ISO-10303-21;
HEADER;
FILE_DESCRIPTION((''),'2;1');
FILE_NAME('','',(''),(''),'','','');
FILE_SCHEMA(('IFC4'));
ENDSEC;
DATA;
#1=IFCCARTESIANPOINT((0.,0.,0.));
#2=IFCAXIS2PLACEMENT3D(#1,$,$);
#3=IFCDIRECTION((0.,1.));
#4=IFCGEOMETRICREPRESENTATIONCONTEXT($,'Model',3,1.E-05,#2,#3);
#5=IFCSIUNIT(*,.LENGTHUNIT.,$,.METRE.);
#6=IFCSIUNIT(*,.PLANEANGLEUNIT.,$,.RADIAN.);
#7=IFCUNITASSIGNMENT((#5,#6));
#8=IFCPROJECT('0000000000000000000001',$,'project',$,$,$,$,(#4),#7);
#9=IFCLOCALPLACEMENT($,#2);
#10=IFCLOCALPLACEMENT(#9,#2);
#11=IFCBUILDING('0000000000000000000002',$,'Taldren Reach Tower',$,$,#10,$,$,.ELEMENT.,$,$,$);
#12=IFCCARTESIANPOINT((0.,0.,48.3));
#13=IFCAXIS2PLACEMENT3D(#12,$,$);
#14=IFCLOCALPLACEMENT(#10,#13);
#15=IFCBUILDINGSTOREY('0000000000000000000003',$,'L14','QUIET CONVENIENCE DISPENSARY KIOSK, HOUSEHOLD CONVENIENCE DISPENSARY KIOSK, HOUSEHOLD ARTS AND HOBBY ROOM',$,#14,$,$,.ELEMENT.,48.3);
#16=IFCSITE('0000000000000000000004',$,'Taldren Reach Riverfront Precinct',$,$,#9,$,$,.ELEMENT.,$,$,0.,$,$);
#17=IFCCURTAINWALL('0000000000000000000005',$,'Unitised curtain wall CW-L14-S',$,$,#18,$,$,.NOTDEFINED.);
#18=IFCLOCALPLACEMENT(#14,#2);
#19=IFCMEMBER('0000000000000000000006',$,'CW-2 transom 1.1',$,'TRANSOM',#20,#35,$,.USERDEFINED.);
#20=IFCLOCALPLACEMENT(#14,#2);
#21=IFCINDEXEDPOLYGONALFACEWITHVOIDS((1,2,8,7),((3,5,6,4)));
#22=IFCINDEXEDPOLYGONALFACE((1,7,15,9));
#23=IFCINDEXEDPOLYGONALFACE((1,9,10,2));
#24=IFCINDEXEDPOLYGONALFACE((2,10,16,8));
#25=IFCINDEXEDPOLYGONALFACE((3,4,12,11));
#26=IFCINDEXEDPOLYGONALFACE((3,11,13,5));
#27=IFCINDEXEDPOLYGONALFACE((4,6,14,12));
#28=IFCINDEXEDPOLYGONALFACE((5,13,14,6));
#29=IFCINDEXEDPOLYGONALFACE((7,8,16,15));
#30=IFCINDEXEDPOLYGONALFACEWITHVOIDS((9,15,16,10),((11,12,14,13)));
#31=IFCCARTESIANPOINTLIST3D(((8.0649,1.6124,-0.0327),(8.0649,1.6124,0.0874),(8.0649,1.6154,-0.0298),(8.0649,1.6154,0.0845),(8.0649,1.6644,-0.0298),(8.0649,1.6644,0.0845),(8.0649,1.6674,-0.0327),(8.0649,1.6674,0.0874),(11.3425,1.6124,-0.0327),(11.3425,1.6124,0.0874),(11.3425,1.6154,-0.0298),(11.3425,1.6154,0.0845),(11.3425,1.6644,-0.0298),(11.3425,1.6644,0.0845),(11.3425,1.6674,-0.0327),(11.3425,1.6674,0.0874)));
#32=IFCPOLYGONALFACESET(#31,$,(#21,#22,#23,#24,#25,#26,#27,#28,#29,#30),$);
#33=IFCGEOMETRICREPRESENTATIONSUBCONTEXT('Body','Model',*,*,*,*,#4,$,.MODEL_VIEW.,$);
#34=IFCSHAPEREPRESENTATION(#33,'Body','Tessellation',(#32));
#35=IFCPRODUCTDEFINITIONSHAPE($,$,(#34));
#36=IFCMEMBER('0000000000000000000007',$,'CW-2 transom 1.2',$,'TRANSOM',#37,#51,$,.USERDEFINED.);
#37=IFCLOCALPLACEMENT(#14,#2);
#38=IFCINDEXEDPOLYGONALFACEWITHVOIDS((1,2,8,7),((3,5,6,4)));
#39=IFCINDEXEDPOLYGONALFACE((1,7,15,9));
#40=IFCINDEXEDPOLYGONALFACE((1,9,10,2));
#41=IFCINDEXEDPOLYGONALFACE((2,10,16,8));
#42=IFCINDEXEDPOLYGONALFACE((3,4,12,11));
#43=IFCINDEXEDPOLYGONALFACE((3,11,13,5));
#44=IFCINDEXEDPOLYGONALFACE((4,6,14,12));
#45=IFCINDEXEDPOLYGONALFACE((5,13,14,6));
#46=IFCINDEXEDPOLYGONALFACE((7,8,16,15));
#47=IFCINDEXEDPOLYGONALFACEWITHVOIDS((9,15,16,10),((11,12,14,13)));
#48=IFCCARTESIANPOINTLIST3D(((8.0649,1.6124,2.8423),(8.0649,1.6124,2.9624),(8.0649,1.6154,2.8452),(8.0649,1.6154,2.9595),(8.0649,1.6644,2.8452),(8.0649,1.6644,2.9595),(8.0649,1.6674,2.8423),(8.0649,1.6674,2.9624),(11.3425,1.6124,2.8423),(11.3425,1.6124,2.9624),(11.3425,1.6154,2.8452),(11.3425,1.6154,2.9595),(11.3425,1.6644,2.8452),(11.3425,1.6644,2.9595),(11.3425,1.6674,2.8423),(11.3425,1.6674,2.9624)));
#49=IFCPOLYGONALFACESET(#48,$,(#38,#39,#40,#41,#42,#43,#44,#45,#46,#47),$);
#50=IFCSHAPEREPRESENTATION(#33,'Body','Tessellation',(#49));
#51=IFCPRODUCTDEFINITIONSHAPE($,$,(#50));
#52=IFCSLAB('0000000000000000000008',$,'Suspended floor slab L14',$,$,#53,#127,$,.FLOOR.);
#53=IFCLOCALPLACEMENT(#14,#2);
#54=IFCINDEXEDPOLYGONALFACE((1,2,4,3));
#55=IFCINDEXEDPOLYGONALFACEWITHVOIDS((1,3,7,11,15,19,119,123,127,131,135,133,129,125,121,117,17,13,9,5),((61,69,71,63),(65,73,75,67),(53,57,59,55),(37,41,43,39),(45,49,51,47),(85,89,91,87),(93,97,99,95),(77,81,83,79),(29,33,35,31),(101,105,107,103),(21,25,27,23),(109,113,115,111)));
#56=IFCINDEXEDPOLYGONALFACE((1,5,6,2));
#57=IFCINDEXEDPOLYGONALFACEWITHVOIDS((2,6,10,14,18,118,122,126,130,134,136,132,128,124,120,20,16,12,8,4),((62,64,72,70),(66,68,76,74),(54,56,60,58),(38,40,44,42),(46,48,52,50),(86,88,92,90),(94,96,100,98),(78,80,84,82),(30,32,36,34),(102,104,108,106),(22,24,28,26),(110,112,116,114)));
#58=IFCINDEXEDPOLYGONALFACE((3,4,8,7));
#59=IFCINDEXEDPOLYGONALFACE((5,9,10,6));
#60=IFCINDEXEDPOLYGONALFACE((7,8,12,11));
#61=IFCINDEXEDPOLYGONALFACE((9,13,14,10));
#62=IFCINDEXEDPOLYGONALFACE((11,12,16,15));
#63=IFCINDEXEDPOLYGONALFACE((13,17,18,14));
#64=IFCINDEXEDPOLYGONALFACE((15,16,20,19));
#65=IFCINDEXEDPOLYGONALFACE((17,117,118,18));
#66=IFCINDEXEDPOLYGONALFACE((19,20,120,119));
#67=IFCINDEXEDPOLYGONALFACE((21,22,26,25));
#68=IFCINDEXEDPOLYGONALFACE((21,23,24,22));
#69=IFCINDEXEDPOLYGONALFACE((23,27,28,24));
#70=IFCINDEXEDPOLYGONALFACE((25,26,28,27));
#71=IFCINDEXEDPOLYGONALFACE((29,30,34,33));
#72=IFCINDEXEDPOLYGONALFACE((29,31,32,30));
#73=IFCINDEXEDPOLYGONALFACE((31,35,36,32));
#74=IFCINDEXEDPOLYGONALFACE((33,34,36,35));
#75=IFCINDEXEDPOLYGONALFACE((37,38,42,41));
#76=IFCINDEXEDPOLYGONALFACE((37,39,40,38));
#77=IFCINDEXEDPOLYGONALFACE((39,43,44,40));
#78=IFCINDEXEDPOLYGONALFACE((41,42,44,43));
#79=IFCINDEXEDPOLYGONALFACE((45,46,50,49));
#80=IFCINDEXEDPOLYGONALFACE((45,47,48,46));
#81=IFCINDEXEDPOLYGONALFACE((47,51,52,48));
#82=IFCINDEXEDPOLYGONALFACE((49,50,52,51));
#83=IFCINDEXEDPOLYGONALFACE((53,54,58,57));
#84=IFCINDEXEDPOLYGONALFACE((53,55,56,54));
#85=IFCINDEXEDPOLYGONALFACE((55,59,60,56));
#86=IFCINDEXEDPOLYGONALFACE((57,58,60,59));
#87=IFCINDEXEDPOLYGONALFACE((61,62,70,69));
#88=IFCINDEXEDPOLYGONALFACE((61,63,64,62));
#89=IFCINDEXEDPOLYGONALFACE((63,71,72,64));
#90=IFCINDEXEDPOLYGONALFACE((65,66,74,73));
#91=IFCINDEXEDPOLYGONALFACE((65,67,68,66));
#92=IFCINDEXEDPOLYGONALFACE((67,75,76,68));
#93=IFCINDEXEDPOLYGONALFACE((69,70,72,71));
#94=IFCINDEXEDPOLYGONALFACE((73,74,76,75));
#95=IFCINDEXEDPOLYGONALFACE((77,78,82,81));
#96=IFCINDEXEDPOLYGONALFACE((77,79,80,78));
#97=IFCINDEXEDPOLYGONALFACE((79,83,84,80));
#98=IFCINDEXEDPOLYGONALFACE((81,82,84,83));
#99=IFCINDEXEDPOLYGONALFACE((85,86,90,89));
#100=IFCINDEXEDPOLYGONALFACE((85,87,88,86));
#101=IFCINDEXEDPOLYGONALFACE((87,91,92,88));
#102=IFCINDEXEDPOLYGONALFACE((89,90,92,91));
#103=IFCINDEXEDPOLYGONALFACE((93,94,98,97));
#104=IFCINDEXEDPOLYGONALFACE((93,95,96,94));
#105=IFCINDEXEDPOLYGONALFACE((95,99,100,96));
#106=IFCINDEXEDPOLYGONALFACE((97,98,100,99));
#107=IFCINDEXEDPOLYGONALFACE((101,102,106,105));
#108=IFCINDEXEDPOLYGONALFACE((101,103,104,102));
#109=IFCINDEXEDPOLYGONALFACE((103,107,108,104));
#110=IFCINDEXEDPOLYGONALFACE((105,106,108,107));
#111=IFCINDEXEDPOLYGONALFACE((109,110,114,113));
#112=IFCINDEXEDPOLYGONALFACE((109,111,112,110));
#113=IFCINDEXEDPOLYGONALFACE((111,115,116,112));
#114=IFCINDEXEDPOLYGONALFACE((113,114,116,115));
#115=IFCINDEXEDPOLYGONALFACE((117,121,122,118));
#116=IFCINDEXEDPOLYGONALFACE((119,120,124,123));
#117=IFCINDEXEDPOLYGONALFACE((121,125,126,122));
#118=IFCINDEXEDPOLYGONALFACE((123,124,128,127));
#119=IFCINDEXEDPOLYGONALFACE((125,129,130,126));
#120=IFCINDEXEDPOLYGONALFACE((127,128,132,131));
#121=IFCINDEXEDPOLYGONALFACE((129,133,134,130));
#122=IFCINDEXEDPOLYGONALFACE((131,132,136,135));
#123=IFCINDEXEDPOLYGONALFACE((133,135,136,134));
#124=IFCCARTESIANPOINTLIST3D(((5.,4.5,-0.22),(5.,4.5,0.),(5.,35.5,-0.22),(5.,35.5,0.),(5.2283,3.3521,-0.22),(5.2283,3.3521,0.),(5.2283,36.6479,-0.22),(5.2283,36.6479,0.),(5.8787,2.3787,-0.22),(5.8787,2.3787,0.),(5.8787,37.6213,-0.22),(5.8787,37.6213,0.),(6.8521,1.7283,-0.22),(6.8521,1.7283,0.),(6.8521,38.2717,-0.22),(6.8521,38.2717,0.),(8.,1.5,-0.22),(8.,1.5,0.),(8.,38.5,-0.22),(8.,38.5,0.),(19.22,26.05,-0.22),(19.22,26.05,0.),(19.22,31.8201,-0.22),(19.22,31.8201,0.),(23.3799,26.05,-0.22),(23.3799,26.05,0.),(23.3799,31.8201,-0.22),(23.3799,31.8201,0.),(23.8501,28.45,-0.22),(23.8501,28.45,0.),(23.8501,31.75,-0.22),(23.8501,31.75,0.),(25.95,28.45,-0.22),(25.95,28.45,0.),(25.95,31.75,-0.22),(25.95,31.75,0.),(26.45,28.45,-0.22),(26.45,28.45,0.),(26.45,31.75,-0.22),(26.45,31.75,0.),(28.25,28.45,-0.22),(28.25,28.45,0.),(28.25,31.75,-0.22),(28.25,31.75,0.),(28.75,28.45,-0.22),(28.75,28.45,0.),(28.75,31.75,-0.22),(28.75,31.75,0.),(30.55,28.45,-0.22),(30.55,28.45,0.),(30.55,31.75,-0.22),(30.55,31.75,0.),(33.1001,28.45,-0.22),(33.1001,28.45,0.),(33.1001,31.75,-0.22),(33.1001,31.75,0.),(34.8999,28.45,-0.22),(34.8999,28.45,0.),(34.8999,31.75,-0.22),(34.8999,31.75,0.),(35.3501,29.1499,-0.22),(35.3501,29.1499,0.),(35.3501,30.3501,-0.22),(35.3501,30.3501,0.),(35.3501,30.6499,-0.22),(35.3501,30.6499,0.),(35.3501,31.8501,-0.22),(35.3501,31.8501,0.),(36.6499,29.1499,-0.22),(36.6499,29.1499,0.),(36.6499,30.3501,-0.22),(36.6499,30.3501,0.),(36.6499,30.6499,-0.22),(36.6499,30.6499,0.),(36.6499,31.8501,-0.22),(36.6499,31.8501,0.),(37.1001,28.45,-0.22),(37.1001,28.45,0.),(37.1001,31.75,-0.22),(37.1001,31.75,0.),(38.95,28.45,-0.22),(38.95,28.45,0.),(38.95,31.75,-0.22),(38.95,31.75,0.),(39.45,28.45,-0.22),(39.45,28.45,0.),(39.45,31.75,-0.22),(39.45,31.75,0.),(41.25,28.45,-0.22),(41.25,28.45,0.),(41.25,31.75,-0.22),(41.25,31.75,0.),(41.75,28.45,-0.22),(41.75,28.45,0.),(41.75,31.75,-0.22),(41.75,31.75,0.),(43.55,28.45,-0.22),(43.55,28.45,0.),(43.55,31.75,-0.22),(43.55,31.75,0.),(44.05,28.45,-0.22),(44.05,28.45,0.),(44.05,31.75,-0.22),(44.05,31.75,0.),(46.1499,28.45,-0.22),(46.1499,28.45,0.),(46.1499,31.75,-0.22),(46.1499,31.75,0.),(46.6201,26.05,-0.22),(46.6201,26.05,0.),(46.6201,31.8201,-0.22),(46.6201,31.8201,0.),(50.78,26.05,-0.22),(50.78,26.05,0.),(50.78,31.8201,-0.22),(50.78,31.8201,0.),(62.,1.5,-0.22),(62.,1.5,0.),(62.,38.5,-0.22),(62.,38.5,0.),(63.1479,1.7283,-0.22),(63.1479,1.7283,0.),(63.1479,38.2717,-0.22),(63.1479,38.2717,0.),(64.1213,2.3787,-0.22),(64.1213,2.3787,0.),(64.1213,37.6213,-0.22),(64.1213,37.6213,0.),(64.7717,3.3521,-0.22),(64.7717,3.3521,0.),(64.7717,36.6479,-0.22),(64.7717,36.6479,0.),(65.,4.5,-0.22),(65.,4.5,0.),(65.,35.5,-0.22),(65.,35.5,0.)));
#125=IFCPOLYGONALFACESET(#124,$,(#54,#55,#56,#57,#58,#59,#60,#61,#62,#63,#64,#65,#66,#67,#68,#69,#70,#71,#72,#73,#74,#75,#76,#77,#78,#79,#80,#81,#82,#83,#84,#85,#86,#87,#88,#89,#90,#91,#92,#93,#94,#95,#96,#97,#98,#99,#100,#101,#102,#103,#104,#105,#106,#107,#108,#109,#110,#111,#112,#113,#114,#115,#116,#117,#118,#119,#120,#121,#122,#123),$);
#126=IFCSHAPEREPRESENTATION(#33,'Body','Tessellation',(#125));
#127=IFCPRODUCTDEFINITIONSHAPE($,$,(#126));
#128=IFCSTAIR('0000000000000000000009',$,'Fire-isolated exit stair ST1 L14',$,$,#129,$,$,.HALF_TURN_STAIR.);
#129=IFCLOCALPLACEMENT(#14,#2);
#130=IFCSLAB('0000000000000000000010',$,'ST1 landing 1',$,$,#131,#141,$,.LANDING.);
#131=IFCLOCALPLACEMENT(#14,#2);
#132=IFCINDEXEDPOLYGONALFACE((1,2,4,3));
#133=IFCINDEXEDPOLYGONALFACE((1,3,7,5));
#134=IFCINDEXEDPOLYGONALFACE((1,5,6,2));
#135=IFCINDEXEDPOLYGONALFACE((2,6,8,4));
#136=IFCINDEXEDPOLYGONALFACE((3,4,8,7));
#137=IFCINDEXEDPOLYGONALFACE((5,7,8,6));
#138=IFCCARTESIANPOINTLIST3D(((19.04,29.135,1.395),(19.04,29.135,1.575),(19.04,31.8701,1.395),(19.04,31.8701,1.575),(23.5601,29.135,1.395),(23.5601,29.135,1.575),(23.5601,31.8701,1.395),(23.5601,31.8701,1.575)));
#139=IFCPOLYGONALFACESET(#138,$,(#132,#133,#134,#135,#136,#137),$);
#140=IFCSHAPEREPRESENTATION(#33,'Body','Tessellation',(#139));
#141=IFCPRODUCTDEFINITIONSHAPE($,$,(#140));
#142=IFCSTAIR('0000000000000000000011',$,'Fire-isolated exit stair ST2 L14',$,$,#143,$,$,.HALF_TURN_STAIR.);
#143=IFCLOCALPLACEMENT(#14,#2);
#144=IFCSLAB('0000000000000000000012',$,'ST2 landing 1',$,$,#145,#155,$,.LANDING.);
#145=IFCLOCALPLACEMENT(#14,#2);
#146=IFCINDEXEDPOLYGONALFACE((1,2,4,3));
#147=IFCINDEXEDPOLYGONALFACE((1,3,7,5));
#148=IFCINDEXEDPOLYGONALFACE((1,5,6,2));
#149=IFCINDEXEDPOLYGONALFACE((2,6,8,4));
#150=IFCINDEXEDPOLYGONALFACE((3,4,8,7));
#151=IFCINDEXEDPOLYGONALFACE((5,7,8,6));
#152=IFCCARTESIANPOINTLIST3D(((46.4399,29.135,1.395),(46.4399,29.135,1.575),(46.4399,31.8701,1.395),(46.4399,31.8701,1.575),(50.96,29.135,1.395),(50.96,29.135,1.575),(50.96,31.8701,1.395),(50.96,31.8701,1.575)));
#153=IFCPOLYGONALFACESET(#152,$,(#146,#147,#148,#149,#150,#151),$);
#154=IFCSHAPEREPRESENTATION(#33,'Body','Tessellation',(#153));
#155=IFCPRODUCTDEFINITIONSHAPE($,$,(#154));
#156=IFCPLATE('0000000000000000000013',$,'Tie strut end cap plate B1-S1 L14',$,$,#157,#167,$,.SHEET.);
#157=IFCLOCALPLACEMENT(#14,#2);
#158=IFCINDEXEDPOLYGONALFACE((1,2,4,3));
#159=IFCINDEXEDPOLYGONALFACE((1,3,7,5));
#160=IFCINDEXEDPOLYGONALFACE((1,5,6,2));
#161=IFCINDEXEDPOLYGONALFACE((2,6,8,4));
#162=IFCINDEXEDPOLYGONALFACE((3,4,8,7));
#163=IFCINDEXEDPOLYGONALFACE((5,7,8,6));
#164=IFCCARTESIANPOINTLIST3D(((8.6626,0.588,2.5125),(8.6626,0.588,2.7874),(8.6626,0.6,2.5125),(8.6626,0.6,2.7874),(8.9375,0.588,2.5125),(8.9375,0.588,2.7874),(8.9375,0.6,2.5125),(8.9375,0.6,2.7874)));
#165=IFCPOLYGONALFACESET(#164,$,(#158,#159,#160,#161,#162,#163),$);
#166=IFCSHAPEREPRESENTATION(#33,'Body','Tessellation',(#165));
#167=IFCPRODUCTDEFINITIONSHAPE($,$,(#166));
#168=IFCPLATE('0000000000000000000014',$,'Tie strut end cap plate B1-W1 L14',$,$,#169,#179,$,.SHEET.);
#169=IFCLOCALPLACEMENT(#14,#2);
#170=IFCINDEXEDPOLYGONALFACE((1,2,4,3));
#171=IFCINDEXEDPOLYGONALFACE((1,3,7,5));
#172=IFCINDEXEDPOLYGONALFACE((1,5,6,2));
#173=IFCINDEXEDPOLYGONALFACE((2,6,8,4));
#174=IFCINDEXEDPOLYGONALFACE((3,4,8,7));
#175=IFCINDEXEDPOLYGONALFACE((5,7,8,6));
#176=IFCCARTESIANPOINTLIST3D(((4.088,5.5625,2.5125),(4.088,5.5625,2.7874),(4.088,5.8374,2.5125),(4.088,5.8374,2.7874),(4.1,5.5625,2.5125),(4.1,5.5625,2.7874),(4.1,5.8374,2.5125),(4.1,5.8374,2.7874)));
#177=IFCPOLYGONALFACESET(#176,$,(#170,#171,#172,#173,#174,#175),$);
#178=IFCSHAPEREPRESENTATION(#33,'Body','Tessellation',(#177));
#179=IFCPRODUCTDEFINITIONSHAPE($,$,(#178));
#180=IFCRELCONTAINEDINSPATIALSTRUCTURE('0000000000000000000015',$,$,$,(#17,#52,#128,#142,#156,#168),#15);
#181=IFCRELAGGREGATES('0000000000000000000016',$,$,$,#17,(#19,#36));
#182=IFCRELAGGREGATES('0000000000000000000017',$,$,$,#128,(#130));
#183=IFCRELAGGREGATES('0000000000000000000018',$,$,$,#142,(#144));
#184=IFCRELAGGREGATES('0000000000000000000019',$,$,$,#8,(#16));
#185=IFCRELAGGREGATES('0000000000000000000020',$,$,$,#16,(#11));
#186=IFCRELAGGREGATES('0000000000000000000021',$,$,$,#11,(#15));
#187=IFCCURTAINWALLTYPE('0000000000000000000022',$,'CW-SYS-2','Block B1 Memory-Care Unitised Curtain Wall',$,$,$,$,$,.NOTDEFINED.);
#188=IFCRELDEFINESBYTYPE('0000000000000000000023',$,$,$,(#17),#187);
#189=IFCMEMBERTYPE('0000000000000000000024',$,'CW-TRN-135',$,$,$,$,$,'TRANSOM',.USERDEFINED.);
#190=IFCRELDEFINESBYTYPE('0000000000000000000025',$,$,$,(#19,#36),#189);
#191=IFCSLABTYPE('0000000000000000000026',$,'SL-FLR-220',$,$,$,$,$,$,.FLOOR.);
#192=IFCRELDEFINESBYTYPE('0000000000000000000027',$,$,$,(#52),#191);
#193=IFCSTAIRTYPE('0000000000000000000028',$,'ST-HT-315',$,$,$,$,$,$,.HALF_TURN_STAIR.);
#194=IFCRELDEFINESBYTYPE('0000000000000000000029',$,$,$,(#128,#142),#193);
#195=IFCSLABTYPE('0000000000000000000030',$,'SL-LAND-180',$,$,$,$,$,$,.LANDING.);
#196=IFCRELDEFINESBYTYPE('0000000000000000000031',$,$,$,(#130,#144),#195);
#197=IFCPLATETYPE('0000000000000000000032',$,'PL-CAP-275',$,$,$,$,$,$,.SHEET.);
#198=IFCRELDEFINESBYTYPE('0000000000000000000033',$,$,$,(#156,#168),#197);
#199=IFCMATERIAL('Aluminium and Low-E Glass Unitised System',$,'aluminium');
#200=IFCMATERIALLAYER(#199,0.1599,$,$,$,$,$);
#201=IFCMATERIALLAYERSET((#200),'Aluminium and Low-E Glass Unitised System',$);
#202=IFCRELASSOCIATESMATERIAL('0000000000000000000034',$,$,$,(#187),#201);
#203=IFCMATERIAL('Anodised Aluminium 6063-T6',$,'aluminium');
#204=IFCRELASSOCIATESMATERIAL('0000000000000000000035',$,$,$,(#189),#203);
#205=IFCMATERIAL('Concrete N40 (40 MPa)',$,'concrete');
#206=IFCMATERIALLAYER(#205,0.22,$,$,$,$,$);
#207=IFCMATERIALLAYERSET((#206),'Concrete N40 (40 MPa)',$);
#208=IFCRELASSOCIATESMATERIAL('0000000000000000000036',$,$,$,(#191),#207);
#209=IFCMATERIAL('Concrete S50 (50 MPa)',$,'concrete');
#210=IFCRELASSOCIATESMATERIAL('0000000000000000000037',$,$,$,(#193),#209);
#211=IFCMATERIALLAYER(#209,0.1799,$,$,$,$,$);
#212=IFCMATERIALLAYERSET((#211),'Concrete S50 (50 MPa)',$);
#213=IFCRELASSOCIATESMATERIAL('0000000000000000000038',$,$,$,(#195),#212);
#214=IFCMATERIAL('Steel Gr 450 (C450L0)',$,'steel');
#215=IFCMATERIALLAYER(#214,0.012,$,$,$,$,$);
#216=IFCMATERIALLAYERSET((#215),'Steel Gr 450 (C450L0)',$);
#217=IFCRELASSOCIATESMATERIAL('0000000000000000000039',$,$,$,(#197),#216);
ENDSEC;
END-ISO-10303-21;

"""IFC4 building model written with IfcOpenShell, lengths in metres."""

from ifc_helpers import new_model, si_unit, direction, frame, origin, origin_2d, place, context, subcontext, project, spatial, polyline, rectangle, hollow_rectangle, outline, extrude, source, transform, mapped, material, layer, layer_set, material_profile, profile_set, type_object, element, aggregate, save


model = new_model("IFC4")

# Units and contexts
model_context = context("Model", 3, precision=1e-05, world=origin(), true_north=direction((0.0, 1.0)))
body_context = subcontext(model_context, "Body", "Model", "MODEL_VIEW")
ifc_project = project(units=[si_unit("LENGTHUNIT", "METRE"), si_unit("PLANEANGLEUNIT", "RADIAN")], contexts=[model_context])

# Site, building, storey
site_placement = place(None, origin())
site = spatial("IfcSite", under=ifc_project, at=site_placement, Name="Taldren Reach Riverfront Precinct", CompositionType="ELEMENT", RefElevation=0.0)
building_placement = place(site_placement, origin())
building = spatial("IfcBuilding", under=site, at=building_placement, Name="Taldren Reach Tower", CompositionType="ELEMENT")
storey_placement = place(building_placement, frame((0.0, 0.0, 48.3)))
storey = spatial("IfcBuildingStorey", under=building, at=storey_placement, Name="L14", Description="QUIET CONVENIENCE DISPENSARY KIOSK, HOUSEHOLD CONVENIENCE DISPENSARY KIOSK, HOUSEHOLD ARTS AND HOBBY ROOM", CompositionType="ELEMENT", Elevation=48.3)

# Shared definitions
ifc_material_1 = material(Name="Steel Gr 450 (C450L0)", Category="steel")

# Curtain wall
ifc_material_2 = material(Name="Aluminium and Low-E Glass Unitised System", Category="aluminium")
ifc_layer_1 = layer(ifc_material_2, 0.1599)
ifc_layer_set_1 = layer_set([ifc_layer_1], Name="Aluminium and Low-E Glass Unitised System")
curtain_wall_type = type_object("IfcCurtainWallType", Name="CW-SYS-2", Description="Block B1 Memory-Care Unitised Curtain Wall", PredefinedType="NOTDEFINED", material=ifc_layer_set_1)
curtain_wall_1_placement = place(storey_placement, origin())
curtain_wall_1 = element("IfcCurtainWall", 1, at=curtain_wall_1_placement, inside=storey, type_object=curtain_wall_type, Name="Unitised curtain wall CW-L14-S", PredefinedType="NOTDEFINED")
ifc_material_3 = material(Name="Anodised Aluminium 6063-T6", Category="aluminium")

# Members
ifc_material_profile_1 = material_profile(ifc_material_3, hollow_rectangle(XDim=0.0549, YDim=0.1201, WallThickness=0.0029, at=origin_2d()), Name="ALU-120x55x3RHS")
ifc_profile_set_1 = profile_set([ifc_material_profile_1], Name="Anodised Aluminium 6063-T6")
member_type_1 = type_object("IfcMemberType", Name="CW-TRN-135", ElementType="TRANSOM", PredefinedType="USERDEFINED", material=ifc_profile_set_1)
shared_shape_1 = source(origin(), body_context, "Body", "SweptSolid", [
    extrude(hollow_rectangle(XDim=0.0549, YDim=0.1201, WallThickness=0.0029, at=origin_2d()), origin(), (0.0, 0.0, 1.0), 3.2776),
])
member_1_placement = place(storey_placement, frame((8.0649, 1.6399, 0.0273), z_axis=(1.0, 0.0, 0.0), x_axis=(0.0, 1.0, 0.0)))
member_1 = element("IfcMember", 2, at=member_1_placement, type_object=member_type_1, Name="CW-2 transom 1.1", ObjectType="TRANSOM", PredefinedType="USERDEFINED", context=body_context, shape_type="MappedRepresentation", body=[
    mapped(shared_shape_1, transform((0.0, 0.0, 0.0), scale=1.0)),
])
member_2_placement = place(storey_placement, frame((8.0649, 1.6399, 2.9023), z_axis=(1.0, 0.0, 0.0), x_axis=(0.0, 1.0, 0.0)))
member_2 = element("IfcMember", 3, at=member_2_placement, type_object=member_type_1, Name="CW-2 transom 1.2", ObjectType="TRANSOM", PredefinedType="USERDEFINED", context=body_context, shape_type="MappedRepresentation", body=[
    mapped(shared_shape_1, transform((0.0, 0.0, 0.0), scale=1.0)),
])
aggregate(curtain_wall_1, [member_1, member_2])

# Slab
ifc_material_4 = material(Name="Concrete N40 (40 MPa)", Category="concrete")
ifc_layer_2 = layer(ifc_material_4, 0.22)
ifc_layer_set_2 = layer_set([ifc_layer_2], Name="Concrete N40 (40 MPa)")
slab_type_1 = type_object("IfcSlabType", Name="SL-FLR-220", PredefinedType="FLOOR", material=ifc_layer_set_2)
slab_1_placement = place(storey_placement, frame((0.0, 0.0, -0.22)))
element("IfcSlab", 4, at=slab_1_placement, inside=storey, type_object=slab_type_1, Name="Suspended floor slab L14", PredefinedType="FLOOR", context=body_context, shape_type="SweptSolid", body=[
    extrude(outline(polyline([(62.0, 1.5), (63.1479, 1.7283), (64.1213, 2.3787), (64.7717, 3.3521), (65.0, 4.5), (65.0, 35.5), (64.7717, 36.6479), (64.1213, 37.6213), (63.1479, 38.2717), (62.0, 38.5), (8.0, 38.5), (6.8521, 38.2717), (5.8787, 37.6213), (5.2283, 36.6479), (5.0, 35.5), (5.0, 4.5), (5.2283, 3.3521), (5.8787, 2.3787), (6.8521, 1.7283), (8.0, 1.5), (62.0, 1.5)]), holes=[polyline([(19.22, 26.05), (23.3799, 26.05), (23.3799, 31.8201), (19.22, 31.8201), (19.22, 26.05)]), polyline([(46.6201, 26.05), (50.78, 26.05), (50.78, 31.8201), (46.6201, 31.8201), (46.6201, 26.05)]), polyline([(23.8501, 28.45), (25.95, 28.45), (25.95, 31.75), (23.8501, 31.75), (23.8501, 28.45)]), polyline([(44.05, 28.45), (46.1499, 28.45), (46.1499, 31.75), (44.05, 31.75), (44.05, 28.45)]), polyline([(26.45, 28.45), (28.25, 28.45), (28.25, 31.75), (26.45, 31.75), (26.45, 28.45)]), polyline([(28.75, 28.45), (30.55, 28.45), (30.55, 31.75), (28.75, 31.75), (28.75, 28.45)]), polyline([(33.1001, 28.45), (34.8999, 28.45), (34.8999, 31.75), (33.1001, 31.75), (33.1001, 28.45)]), polyline([(37.1001, 28.45), (38.95, 28.45), (38.95, 31.75), (37.1001, 31.75), (37.1001, 28.45)]), polyline([(39.45, 28.45), (41.25, 28.45), (41.25, 31.75), (39.45, 31.75), (39.45, 28.45)]), polyline([(41.75, 28.45), (43.55, 28.45), (43.55, 31.75), (41.75, 31.75), (41.75, 28.45)]), polyline([(35.3501, 30.6499), (36.6499, 30.6499), (36.6499, 31.8501), (35.3501, 31.8501), (35.3501, 30.6499)]), polyline([(35.3501, 29.1499), (36.6499, 29.1499), (36.6499, 30.3501), (35.3501, 30.3501), (35.3501, 29.1499)])]), origin(), (0.0, 0.0, 1.0), 0.22),
])

# Stairs, slabs
ifc_material_5 = material(Name="Concrete S50 (50 MPa)", Category="concrete")
stair_type = type_object("IfcStairType", Name="ST-HT-315", PredefinedType="HALF_TURN_STAIR", material=ifc_material_5)
stair_1_placement = place(storey_placement, origin())
stair_1 = element("IfcStair", 5, at=stair_1_placement, inside=storey, type_object=stair_type, Name="Fire-isolated exit stair ST1 L14", PredefinedType="HALF_TURN_STAIR")
ifc_layer_3 = layer(ifc_material_5, 0.1799)
ifc_layer_set_3 = layer_set([ifc_layer_3], Name="Concrete S50 (50 MPa)")
slab_type_2 = type_object("IfcSlabType", Name="SL-LAND-180", PredefinedType="LANDING", material=ifc_layer_set_3)
slab_2_placement = place(storey_placement, frame((0.0, 0.0, 1.395)))
slab_2 = element("IfcSlab", 6, at=slab_2_placement, type_object=slab_type_2, Name="ST1 landing 1", PredefinedType="LANDING", context=body_context, shape_type="SweptSolid", body=[
    extrude(outline(polyline([(19.04, 29.135), (23.5601, 29.135), (23.5601, 31.8701), (19.04, 31.8701), (19.04, 29.135)])), origin(), (0.0, 0.0, 1.0), 0.1799),
])
aggregate(stair_1, [slab_2])
stair_2_placement = place(storey_placement, origin())
stair_2 = element("IfcStair", 7, at=stair_2_placement, inside=storey, type_object=stair_type, Name="Fire-isolated exit stair ST2 L14", PredefinedType="HALF_TURN_STAIR")
slab_3_placement = place(storey_placement, frame((0.0, 0.0, 1.395)))
slab_3 = element("IfcSlab", 8, at=slab_3_placement, type_object=slab_type_2, Name="ST2 landing 1", PredefinedType="LANDING", context=body_context, shape_type="SweptSolid", body=[
    extrude(outline(polyline([(46.4399, 29.135), (50.96, 29.135), (50.96, 31.8701), (46.4399, 31.8701), (46.4399, 29.135)])), origin(), (0.0, 0.0, 1.0), 0.1799),
])
aggregate(stair_2, [slab_3])

# Plates
ifc_layer_4 = layer(ifc_material_1, 0.012)
ifc_layer_set_4 = layer_set([ifc_layer_4], Name="Steel Gr 450 (C450L0)")
plate_type = type_object("IfcPlateType", Name="PL-CAP-275", PredefinedType="SHEET", material=ifc_layer_set_4)
shared_shape_2 = source(origin(), body_context, "Body", "SweptSolid", [
    extrude(rectangle(XDim=0.2749, YDim=0.012, at=origin_2d()), origin(), (0.0, 0.0, 1.0), 0.2749),
])
plate_1_placement = place(storey_placement, frame((8.8, 0.594, 2.5125), z_axis=(0.0, 0.0, 1.0), x_axis=(1.0, 0.0, 0.0)))
element("IfcPlate", 9, at=plate_1_placement, inside=storey, type_object=plate_type, Name="Tie strut end cap plate B1-S1 L14", PredefinedType="SHEET", context=body_context, shape_type="MappedRepresentation", body=[
    mapped(shared_shape_2, transform((0.0, 0.0, 0.0), scale=1.0)),
])
shared_shape_3 = source(origin(), body_context, "Body", "SweptSolid", [
    extrude(rectangle(XDim=0.012, YDim=0.2749, at=origin_2d()), origin(), (0.0, 0.0, 1.0), 0.2749),
])
plate_2_placement = place(storey_placement, frame((4.094, 5.7, 2.5125), z_axis=(0.0, 0.0, 1.0), x_axis=(1.0, 0.0, 0.0)))
element("IfcPlate", 10, at=plate_2_placement, inside=storey, type_object=plate_type, Name="Tie strut end cap plate B1-W1 L14", PredefinedType="SHEET", context=body_context, shape_type="MappedRepresentation", body=[
    mapped(shared_shape_3, transform((0.0, 0.0, 0.0), scale=1.0)),
])

save(model, "model.ifc")
